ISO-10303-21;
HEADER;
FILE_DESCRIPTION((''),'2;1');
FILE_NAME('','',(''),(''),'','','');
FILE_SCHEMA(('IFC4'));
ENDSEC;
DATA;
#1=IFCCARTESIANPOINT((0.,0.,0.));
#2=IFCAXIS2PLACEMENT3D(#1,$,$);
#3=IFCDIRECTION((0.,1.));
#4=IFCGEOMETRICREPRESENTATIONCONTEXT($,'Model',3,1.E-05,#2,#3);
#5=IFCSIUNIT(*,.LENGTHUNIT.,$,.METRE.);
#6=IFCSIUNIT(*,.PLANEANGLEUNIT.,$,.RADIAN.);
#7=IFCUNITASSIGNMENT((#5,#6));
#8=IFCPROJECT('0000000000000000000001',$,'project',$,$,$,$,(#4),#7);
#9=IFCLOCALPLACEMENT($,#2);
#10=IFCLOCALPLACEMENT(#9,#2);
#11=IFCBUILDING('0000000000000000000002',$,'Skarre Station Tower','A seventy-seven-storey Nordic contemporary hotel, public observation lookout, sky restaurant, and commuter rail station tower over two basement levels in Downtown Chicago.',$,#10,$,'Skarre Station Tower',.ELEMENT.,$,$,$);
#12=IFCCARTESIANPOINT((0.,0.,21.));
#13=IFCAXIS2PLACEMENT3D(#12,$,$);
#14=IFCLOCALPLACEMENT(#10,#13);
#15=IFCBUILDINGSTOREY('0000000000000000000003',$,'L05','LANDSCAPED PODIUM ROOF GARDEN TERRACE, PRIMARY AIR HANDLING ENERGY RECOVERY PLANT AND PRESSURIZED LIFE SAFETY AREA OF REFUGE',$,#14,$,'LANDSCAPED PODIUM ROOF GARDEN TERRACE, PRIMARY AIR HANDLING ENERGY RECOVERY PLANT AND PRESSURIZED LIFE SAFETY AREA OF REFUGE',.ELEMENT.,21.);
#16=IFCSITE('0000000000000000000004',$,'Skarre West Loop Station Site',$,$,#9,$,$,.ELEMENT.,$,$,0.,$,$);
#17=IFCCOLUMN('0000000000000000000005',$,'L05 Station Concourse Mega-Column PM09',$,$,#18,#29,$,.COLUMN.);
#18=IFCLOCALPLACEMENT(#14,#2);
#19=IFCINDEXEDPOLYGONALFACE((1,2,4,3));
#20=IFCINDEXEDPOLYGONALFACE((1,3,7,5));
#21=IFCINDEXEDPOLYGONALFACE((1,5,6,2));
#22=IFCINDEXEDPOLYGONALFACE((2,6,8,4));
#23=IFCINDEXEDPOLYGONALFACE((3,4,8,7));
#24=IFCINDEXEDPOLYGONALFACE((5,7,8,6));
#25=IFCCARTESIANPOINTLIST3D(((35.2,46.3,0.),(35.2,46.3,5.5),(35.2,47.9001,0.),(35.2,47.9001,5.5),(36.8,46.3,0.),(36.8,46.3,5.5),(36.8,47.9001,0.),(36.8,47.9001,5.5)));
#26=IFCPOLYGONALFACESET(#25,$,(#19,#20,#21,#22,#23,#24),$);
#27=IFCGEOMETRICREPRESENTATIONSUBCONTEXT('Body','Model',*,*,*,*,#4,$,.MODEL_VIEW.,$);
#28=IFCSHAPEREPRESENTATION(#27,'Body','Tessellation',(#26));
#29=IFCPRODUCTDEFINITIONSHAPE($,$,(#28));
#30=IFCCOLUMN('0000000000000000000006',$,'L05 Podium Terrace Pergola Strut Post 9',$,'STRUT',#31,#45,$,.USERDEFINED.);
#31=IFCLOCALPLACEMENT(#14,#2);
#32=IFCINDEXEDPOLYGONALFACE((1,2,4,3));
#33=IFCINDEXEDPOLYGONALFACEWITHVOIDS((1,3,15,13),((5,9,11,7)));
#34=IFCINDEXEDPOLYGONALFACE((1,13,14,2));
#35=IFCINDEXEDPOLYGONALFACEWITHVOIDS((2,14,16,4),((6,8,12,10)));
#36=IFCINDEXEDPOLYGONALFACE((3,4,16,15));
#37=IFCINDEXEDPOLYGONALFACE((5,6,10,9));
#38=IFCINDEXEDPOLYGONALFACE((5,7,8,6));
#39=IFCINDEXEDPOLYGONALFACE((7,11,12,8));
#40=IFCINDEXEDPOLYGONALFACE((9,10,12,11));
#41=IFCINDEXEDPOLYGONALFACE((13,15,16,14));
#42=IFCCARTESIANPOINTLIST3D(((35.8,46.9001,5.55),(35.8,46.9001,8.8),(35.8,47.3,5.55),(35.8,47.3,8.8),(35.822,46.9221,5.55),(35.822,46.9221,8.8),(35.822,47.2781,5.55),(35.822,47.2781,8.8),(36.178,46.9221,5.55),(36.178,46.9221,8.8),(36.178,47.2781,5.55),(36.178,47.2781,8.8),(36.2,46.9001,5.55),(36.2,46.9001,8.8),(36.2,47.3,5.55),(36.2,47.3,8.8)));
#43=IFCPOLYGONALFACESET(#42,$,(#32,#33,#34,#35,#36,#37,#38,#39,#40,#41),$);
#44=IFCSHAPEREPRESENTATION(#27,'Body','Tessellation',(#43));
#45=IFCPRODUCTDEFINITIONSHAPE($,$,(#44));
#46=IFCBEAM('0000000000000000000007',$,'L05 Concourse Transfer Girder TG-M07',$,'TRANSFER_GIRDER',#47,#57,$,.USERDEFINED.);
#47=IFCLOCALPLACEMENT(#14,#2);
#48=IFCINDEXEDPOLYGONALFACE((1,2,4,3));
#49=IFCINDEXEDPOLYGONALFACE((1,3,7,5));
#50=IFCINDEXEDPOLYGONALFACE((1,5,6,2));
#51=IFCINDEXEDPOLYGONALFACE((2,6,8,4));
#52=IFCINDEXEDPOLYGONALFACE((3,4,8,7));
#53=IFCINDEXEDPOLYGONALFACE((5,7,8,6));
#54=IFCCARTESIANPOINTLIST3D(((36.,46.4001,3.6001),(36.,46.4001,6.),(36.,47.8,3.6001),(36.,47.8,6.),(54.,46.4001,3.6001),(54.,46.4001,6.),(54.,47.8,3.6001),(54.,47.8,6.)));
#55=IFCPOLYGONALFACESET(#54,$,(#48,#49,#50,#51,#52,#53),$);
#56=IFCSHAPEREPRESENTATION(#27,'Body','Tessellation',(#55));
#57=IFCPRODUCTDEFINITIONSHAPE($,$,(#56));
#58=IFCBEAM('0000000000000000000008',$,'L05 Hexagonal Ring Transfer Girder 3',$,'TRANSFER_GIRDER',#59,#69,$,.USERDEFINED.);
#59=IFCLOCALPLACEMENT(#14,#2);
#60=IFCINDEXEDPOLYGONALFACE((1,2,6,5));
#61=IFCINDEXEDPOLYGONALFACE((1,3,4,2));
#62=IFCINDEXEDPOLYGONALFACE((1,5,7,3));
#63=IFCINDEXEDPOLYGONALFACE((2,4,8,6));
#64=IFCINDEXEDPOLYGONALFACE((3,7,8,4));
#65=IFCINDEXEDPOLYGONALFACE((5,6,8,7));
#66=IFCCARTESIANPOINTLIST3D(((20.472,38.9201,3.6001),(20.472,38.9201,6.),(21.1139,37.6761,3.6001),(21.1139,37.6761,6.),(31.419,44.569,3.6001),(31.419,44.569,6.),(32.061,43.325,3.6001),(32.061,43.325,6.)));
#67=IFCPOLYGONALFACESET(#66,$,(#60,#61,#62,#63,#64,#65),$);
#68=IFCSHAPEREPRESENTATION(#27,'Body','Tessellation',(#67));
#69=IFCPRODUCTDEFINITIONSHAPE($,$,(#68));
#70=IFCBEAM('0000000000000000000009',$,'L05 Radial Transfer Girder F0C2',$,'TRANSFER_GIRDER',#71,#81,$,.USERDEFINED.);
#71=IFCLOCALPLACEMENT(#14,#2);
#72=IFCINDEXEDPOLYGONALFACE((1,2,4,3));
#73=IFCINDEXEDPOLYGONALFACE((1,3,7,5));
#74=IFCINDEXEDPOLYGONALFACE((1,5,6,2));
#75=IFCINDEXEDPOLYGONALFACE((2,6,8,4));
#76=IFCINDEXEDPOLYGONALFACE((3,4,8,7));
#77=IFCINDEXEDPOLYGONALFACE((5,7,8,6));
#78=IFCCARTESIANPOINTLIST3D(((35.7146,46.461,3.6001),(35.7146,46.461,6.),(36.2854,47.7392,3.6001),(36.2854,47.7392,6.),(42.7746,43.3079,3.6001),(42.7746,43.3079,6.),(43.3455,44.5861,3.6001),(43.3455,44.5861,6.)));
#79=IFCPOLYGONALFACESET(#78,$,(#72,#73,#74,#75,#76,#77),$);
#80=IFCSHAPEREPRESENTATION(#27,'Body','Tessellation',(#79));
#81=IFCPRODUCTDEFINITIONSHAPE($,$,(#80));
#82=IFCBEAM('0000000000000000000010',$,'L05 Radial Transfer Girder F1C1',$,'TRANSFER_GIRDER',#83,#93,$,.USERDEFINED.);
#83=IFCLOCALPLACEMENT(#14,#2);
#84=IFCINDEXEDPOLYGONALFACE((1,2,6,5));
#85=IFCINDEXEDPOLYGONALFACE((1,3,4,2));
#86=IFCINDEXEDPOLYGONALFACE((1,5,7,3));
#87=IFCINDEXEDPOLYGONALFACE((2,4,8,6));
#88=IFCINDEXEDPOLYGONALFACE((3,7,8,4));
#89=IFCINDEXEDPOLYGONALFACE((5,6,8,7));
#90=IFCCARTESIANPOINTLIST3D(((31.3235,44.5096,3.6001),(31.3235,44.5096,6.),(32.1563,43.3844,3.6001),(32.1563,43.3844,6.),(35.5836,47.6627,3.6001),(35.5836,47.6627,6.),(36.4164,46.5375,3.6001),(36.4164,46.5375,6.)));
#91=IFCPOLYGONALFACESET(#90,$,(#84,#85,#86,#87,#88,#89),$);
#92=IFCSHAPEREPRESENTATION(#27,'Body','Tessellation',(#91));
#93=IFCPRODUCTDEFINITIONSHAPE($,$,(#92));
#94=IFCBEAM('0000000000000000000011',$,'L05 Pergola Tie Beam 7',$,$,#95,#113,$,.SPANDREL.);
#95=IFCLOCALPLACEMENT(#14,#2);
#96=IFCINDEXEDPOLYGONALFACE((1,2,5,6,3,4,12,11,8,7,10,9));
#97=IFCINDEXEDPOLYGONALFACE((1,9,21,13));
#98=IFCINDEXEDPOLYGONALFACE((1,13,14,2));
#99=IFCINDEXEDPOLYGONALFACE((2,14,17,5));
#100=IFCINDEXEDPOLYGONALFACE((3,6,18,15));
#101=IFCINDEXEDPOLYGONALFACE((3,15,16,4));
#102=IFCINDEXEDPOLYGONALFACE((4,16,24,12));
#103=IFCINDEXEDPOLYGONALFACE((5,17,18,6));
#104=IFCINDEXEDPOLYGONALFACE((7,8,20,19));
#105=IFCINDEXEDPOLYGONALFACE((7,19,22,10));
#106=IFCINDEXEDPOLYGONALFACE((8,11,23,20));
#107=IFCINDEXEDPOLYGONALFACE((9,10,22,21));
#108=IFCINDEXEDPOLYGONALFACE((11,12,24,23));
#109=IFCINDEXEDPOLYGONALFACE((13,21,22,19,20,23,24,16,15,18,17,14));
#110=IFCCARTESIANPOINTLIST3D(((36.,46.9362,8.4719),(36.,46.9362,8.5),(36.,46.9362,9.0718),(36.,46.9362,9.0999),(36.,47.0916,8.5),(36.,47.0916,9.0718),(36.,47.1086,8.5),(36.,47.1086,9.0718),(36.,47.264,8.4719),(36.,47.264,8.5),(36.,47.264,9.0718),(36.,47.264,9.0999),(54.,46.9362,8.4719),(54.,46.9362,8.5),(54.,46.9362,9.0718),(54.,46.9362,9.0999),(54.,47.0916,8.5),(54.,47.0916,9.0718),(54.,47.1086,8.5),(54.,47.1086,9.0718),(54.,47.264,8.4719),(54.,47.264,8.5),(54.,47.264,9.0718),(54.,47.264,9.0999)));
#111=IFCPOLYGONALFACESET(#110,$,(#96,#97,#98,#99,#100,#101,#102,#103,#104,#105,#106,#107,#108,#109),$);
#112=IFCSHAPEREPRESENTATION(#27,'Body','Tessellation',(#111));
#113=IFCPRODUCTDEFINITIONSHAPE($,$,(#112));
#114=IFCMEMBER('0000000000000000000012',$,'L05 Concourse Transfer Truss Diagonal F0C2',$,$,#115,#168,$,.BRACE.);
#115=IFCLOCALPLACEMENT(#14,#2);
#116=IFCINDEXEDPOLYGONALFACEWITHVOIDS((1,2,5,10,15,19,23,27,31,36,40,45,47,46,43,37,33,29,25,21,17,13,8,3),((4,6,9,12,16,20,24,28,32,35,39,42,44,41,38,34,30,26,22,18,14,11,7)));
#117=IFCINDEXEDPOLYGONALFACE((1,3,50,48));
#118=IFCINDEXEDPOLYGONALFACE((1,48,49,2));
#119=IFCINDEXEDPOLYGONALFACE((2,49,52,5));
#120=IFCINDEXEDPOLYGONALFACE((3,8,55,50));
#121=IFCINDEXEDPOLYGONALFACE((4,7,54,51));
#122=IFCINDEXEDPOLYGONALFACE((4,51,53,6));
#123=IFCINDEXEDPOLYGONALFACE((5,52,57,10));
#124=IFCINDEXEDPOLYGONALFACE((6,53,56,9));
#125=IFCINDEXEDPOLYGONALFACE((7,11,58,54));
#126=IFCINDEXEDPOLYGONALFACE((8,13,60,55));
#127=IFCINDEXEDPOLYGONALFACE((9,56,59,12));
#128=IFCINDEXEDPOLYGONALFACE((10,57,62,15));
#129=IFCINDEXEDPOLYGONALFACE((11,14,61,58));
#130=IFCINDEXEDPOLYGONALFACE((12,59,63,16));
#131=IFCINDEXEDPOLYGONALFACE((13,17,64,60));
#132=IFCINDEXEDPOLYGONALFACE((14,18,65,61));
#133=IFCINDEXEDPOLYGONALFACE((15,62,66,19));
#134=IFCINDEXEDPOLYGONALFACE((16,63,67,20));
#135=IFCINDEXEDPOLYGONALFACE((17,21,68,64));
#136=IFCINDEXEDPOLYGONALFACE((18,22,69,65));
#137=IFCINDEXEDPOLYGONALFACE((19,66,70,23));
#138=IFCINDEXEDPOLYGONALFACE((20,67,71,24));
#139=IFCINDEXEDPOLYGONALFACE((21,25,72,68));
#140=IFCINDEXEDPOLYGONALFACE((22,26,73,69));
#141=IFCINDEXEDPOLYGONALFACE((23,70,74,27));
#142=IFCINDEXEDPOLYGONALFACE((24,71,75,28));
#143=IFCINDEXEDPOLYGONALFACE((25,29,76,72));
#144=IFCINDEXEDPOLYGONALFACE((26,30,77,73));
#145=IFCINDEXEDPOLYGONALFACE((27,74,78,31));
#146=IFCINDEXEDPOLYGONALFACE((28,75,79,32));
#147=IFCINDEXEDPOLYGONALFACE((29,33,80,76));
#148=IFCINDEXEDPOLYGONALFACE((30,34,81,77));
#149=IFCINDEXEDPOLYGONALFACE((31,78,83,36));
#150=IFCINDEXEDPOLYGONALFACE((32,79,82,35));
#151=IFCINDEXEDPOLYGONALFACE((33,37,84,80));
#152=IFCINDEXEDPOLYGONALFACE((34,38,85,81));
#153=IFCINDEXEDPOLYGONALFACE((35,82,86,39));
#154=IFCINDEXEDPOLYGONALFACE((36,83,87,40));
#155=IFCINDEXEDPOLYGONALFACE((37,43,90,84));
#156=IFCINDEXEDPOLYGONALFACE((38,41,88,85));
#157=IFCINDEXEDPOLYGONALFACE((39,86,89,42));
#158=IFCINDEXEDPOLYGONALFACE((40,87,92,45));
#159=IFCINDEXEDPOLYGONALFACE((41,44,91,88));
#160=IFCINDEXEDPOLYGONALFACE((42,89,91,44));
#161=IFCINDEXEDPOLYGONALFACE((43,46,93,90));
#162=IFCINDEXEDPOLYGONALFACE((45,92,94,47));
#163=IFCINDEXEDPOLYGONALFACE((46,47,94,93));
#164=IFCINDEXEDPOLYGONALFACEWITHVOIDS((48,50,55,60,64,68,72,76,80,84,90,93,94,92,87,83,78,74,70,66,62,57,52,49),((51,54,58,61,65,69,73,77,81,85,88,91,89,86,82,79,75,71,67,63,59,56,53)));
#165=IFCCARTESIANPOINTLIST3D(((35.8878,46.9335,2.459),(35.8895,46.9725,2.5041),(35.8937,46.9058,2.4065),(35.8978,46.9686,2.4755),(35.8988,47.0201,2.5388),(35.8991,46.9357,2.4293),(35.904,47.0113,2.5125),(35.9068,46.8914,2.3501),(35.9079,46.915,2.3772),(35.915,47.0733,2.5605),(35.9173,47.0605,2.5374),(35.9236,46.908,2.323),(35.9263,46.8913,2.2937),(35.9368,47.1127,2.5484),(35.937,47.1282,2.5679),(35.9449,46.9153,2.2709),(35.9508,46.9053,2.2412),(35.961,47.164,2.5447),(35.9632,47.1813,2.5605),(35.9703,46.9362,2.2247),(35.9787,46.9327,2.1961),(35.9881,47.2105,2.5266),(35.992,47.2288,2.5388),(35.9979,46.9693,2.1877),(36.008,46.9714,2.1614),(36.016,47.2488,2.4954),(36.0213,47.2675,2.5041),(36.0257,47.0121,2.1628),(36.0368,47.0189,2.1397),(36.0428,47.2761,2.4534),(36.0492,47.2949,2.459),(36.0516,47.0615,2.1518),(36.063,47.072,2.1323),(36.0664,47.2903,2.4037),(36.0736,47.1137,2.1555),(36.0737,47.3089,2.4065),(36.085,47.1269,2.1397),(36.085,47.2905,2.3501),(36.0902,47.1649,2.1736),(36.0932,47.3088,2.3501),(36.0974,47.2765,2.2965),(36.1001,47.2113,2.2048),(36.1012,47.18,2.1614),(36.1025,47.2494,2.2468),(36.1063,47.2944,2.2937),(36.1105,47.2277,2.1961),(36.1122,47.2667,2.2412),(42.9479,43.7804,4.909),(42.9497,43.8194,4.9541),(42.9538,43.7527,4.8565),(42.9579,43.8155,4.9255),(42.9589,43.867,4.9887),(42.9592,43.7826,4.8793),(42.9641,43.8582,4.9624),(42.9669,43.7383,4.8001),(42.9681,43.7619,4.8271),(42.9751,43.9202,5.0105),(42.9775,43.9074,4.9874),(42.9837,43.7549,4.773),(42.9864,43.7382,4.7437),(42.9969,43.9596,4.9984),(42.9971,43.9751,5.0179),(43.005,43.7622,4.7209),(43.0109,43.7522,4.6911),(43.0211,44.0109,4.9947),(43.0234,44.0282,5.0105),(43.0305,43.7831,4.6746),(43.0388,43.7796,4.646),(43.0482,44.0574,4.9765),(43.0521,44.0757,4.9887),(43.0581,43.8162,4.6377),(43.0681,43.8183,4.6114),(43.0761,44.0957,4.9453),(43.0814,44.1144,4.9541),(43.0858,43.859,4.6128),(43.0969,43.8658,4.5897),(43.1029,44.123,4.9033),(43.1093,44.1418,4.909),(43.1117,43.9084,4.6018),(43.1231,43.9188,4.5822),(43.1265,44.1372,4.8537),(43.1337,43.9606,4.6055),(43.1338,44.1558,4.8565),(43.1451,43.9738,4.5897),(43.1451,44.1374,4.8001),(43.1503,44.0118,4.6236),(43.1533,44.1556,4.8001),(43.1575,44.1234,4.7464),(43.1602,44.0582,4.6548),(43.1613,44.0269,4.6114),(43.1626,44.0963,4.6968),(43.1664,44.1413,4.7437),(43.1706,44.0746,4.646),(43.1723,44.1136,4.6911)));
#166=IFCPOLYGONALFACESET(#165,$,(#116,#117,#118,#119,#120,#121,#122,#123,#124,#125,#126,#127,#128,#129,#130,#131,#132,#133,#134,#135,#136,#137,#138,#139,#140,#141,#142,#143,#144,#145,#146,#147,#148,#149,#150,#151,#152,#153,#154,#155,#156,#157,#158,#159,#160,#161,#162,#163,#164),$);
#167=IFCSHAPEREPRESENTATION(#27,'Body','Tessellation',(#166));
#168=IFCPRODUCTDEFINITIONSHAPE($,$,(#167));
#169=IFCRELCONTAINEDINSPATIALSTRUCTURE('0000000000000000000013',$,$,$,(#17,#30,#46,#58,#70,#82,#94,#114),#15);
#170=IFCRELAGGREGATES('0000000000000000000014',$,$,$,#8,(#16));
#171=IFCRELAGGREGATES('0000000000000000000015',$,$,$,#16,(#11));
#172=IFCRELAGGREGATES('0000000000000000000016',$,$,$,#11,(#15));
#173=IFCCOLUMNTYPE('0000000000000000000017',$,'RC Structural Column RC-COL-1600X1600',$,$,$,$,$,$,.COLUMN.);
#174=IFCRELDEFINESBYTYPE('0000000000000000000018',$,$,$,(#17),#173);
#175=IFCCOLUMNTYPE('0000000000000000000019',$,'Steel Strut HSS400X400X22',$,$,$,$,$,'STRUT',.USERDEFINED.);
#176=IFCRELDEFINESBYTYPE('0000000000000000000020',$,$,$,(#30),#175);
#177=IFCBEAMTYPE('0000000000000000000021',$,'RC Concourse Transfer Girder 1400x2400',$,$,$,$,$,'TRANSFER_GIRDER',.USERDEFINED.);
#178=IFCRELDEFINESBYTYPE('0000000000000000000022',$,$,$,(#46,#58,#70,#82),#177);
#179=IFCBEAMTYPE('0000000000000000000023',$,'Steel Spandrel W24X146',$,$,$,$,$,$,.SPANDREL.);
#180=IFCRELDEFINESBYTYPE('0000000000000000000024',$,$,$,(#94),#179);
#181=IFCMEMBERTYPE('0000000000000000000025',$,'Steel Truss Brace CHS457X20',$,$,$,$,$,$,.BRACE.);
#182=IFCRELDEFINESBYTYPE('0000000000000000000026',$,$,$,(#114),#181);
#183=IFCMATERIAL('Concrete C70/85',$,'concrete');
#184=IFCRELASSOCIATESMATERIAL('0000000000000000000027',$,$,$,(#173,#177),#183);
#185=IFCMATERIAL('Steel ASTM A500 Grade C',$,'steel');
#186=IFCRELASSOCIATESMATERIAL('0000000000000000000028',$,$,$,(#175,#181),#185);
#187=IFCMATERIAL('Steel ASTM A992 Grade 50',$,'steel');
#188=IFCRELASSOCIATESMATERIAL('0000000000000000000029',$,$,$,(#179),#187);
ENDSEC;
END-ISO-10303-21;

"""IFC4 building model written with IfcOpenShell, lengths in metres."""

from ifc_helpers import new_model, si_unit, direction, frame, origin, origin_2d, place, context, subcontext, project, spatial, rectangle, hollow_rectangle, hollow_circle, i_section, extrude, material, material_profile, profile_set, type_object, element, save


model = new_model("IFC4")

# Units and contexts
model_context = context("Model", 3, precision=1e-05, world=origin(), true_north=direction((0.0, 1.0)))
body_context = subcontext(model_context, "Body", "Model", "MODEL_VIEW")
ifc_project = project(units=[si_unit("LENGTHUNIT", "METRE"), si_unit("PLANEANGLEUNIT", "RADIAN")], contexts=[model_context])

# Site, building, storey
site_placement = place(None, origin())
site = spatial("IfcSite", under=ifc_project, at=site_placement, Name="Skarre West Loop Station Site", CompositionType="ELEMENT", RefElevation=0.0)
building_placement = place(site_placement, origin())
building = spatial("IfcBuilding", under=site, at=building_placement, Name="Skarre Station Tower", Description="A seventy-seven-storey Nordic contemporary hotel, public observation lookout, sky restaurant, and commuter rail station tower over two basement levels in Downtown Chicago.", LongName="Skarre Station Tower", CompositionType="ELEMENT")
storey_placement = place(building_placement, frame((0.0, 0.0, 21.0)))
storey = spatial("IfcBuildingStorey", under=building, at=storey_placement, Name="L05", Description="LANDSCAPED PODIUM ROOF GARDEN TERRACE, PRIMARY AIR HANDLING ENERGY RECOVERY PLANT AND PRESSURIZED LIFE SAFETY AREA OF REFUGE", LongName="LANDSCAPED PODIUM ROOF GARDEN TERRACE, PRIMARY AIR HANDLING ENERGY RECOVERY PLANT AND PRESSURIZED LIFE SAFETY AREA OF REFUGE", CompositionType="ELEMENT", Elevation=21.0)

# Columns
ifc_material_1 = material(Name="Concrete C70/85", Category="concrete")
ifc_material_profile_1 = material_profile(ifc_material_1, rectangle(XDim=1.6001, YDim=1.6001, at=origin_2d()), Name="Concrete C70/85")
ifc_profile_set_1 = profile_set([ifc_material_profile_1], Name="Concrete C70/85")
column_type_1 = type_object("IfcColumnType", Name="RC Structural Column RC-COL-1600X1600", PredefinedType="COLUMN", material=ifc_profile_set_1)
column_1_placement = place(storey_placement, frame((36.0, 47.1001, 0.0), z_axis=(0.0, 0.0, 1.0), x_axis=(1.0, 0.0, 0.0)))
element("IfcColumn", 1, at=column_1_placement, inside=storey, type_object=column_type_1, Name="L05 Station Concourse Mega-Column PM09", PredefinedType="COLUMN", context=body_context, shape_type="SweptSolid", body=[
    extrude(rectangle(XDim=1.6001, YDim=1.6001, at=origin_2d()), origin(), (0.0, 0.0, 1.0), 5.5),
])
ifc_material_2 = material(Name="Steel ASTM A500 Grade C", Category="steel")
ifc_material_profile_2 = material_profile(ifc_material_2, hollow_rectangle(XDim=0.3999, YDim=0.3999, WallThickness=0.022, at=origin_2d()), Name="Steel ASTM A500 Grade C")
ifc_profile_set_2 = profile_set([ifc_material_profile_2], Name="Steel ASTM A500 Grade C")
column_type_2 = type_object("IfcColumnType", Name="Steel Strut HSS400X400X22", ElementType="STRUT", PredefinedType="USERDEFINED", material=ifc_profile_set_2)
column_2_placement = place(storey_placement, frame((36.0, 47.1001, 5.55), z_axis=(0.0, 0.0, 1.0), x_axis=(1.0, 0.0, 0.0)))
element("IfcColumn", 2, at=column_2_placement, inside=storey, type_object=column_type_2, Name="L05 Podium Terrace Pergola Strut Post 9", ObjectType="STRUT", PredefinedType="USERDEFINED", context=body_context, shape_type="SweptSolid", body=[
    extrude(hollow_rectangle(XDim=0.3999, YDim=0.3999, WallThickness=0.022, at=origin_2d()), origin(), (0.0, 0.0, 1.0), 3.25),
])

# Beams
ifc_material_profile_3 = material_profile(ifc_material_1, rectangle(XDim=1.3999, YDim=2.3999, at=origin_2d()), Name="Concrete C70/85")
ifc_profile_set_3 = profile_set([ifc_material_profile_3], Name="Concrete C70/85")
beam_type_1 = type_object("IfcBeamType", Name="RC Concourse Transfer Girder 1400x2400", ElementType="TRANSFER_GIRDER", PredefinedType="USERDEFINED", material=ifc_profile_set_3)
beam_1_placement = place(storey_placement, frame((36.0, 47.1001, 4.8), z_axis=(1.0, 0.0, 0.0), x_axis=(0.0, 1.0, 0.0)))
element("IfcBeam", 3, at=beam_1_placement, inside=storey, type_object=beam_type_1, Name="L05 Concourse Transfer Girder TG-M07", ObjectType="TRANSFER_GIRDER", PredefinedType="USERDEFINED", context=body_context, shape_type="SweptSolid", body=[
    extrude(rectangle(XDim=1.3999, YDim=2.3999, at=origin_2d()), origin(), (0.0, 0.0, 1.0), 18.0),
])
beam_2_placement = place(storey_placement, frame((31.74, 43.947, 4.8), z_axis=(-0.888659, -0.458569, 0.0), x_axis=(0.458569, -0.888659, 0.0)))
element("IfcBeam", 4, at=beam_2_placement, inside=storey, type_object=beam_type_1, Name="L05 Hexagonal Ring Transfer Girder 3", ObjectType="TRANSFER_GIRDER", PredefinedType="USERDEFINED", context=body_context, shape_type="SweptSolid", body=[
    extrude(rectangle(XDim=1.3999, YDim=2.3999, at=origin_2d()), origin(), (0.0, 0.0, 1.0), 12.3186),
])
beam_3_placement = place(storey_placement, frame((36.0, 47.1001, 4.8), z_axis=(0.913077, -0.407787, 0.0), x_axis=(0.407787, 0.913077, 0.0)))
element("IfcBeam", 5, at=beam_3_placement, inside=storey, type_object=beam_type_1, Name="L05 Radial Transfer Girder F0C2", ObjectType="TRANSFER_GIRDER", PredefinedType="USERDEFINED", context=body_context, shape_type="SweptSolid", body=[
    extrude(rectangle(XDim=1.3999, YDim=2.3999, at=origin_2d()), origin(), (0.0, 0.0, 1.0), 7.7322),
])
beam_4_placement = place(storey_placement, frame((36.0, 47.1001, 4.8), z_axis=(-0.803782, -0.594925, 0.0), x_axis=(0.594925, -0.803782, 0.0)))
element("IfcBeam", 6, at=beam_4_placement, inside=storey, type_object=beam_type_1, Name="L05 Radial Transfer Girder F1C1", ObjectType="TRANSFER_GIRDER", PredefinedType="USERDEFINED", context=body_context, shape_type="SweptSolid", body=[
    extrude(rectangle(XDim=1.3999, YDim=2.3999, at=origin_2d()), origin(), (0.0, 0.0, 1.0), 5.3),
])
ifc_material_3 = material(Name="Steel ASTM A992 Grade 50", Category="steel")
ifc_material_profile_4 = material_profile(ifc_material_3, i_section(OverallWidth=0.3279, OverallDepth=0.6279, WebThickness=0.0171, FlangeThickness=0.0281, at=origin_2d()), Name="Steel ASTM A992 Grade 50")
ifc_profile_set_4 = profile_set([ifc_material_profile_4], Name="Steel ASTM A992 Grade 50")
beam_type_2 = type_object("IfcBeamType", Name="Steel Spandrel W24X146", PredefinedType="SPANDREL", material=ifc_profile_set_4)
beam_5_placement = place(storey_placement, frame((36.0, 47.1001, 8.7859), z_axis=(1.0, 0.0, 0.0), x_axis=(0.0, 1.0, 0.0)))
element("IfcBeam", 7, at=beam_5_placement, inside=storey, type_object=beam_type_2, Name="L05 Pergola Tie Beam 7", PredefinedType="SPANDREL", context=body_context, shape_type="SweptSolid", body=[
    extrude(i_section(OverallWidth=0.3279, OverallDepth=0.6279, WebThickness=0.0171, FlangeThickness=0.0281, at=origin_2d()), origin(), (0.0, 0.0, 1.0), 18.0),
])

# Member
ifc_material_profile_5 = material_profile(ifc_material_2, hollow_circle(Radius=0.2285, WallThickness=0.02, at=origin_2d()), Name="Steel ASTM A500 Grade C")
ifc_profile_set_5 = profile_set([ifc_material_profile_5], Name="Steel ASTM A500 Grade C")
member_type_1 = type_object("IfcMemberType", Name="Steel Truss Brace CHS457X20", PredefinedType="BRACE", material=ifc_profile_set_5)
member_1_placement = place(storey_placement, frame((36.0, 47.1001, 2.3501), z_axis=(0.870428, -0.38874, 0.302052), x_axis=(0.407787, 0.913077, 0.0)))
element("IfcMember", 8, at=member_1_placement, inside=storey, type_object=member_type_1, Name="L05 Concourse Transfer Truss Diagonal F0C2", PredefinedType="BRACE", context=body_context, shape_type="SweptSolid", body=[
    extrude(hollow_circle(Radius=0.2285, WallThickness=0.02, at=origin_2d()), origin(), (0.0, 0.0, 1.0), 8.1111),
])

save(model, "model.ifc")
